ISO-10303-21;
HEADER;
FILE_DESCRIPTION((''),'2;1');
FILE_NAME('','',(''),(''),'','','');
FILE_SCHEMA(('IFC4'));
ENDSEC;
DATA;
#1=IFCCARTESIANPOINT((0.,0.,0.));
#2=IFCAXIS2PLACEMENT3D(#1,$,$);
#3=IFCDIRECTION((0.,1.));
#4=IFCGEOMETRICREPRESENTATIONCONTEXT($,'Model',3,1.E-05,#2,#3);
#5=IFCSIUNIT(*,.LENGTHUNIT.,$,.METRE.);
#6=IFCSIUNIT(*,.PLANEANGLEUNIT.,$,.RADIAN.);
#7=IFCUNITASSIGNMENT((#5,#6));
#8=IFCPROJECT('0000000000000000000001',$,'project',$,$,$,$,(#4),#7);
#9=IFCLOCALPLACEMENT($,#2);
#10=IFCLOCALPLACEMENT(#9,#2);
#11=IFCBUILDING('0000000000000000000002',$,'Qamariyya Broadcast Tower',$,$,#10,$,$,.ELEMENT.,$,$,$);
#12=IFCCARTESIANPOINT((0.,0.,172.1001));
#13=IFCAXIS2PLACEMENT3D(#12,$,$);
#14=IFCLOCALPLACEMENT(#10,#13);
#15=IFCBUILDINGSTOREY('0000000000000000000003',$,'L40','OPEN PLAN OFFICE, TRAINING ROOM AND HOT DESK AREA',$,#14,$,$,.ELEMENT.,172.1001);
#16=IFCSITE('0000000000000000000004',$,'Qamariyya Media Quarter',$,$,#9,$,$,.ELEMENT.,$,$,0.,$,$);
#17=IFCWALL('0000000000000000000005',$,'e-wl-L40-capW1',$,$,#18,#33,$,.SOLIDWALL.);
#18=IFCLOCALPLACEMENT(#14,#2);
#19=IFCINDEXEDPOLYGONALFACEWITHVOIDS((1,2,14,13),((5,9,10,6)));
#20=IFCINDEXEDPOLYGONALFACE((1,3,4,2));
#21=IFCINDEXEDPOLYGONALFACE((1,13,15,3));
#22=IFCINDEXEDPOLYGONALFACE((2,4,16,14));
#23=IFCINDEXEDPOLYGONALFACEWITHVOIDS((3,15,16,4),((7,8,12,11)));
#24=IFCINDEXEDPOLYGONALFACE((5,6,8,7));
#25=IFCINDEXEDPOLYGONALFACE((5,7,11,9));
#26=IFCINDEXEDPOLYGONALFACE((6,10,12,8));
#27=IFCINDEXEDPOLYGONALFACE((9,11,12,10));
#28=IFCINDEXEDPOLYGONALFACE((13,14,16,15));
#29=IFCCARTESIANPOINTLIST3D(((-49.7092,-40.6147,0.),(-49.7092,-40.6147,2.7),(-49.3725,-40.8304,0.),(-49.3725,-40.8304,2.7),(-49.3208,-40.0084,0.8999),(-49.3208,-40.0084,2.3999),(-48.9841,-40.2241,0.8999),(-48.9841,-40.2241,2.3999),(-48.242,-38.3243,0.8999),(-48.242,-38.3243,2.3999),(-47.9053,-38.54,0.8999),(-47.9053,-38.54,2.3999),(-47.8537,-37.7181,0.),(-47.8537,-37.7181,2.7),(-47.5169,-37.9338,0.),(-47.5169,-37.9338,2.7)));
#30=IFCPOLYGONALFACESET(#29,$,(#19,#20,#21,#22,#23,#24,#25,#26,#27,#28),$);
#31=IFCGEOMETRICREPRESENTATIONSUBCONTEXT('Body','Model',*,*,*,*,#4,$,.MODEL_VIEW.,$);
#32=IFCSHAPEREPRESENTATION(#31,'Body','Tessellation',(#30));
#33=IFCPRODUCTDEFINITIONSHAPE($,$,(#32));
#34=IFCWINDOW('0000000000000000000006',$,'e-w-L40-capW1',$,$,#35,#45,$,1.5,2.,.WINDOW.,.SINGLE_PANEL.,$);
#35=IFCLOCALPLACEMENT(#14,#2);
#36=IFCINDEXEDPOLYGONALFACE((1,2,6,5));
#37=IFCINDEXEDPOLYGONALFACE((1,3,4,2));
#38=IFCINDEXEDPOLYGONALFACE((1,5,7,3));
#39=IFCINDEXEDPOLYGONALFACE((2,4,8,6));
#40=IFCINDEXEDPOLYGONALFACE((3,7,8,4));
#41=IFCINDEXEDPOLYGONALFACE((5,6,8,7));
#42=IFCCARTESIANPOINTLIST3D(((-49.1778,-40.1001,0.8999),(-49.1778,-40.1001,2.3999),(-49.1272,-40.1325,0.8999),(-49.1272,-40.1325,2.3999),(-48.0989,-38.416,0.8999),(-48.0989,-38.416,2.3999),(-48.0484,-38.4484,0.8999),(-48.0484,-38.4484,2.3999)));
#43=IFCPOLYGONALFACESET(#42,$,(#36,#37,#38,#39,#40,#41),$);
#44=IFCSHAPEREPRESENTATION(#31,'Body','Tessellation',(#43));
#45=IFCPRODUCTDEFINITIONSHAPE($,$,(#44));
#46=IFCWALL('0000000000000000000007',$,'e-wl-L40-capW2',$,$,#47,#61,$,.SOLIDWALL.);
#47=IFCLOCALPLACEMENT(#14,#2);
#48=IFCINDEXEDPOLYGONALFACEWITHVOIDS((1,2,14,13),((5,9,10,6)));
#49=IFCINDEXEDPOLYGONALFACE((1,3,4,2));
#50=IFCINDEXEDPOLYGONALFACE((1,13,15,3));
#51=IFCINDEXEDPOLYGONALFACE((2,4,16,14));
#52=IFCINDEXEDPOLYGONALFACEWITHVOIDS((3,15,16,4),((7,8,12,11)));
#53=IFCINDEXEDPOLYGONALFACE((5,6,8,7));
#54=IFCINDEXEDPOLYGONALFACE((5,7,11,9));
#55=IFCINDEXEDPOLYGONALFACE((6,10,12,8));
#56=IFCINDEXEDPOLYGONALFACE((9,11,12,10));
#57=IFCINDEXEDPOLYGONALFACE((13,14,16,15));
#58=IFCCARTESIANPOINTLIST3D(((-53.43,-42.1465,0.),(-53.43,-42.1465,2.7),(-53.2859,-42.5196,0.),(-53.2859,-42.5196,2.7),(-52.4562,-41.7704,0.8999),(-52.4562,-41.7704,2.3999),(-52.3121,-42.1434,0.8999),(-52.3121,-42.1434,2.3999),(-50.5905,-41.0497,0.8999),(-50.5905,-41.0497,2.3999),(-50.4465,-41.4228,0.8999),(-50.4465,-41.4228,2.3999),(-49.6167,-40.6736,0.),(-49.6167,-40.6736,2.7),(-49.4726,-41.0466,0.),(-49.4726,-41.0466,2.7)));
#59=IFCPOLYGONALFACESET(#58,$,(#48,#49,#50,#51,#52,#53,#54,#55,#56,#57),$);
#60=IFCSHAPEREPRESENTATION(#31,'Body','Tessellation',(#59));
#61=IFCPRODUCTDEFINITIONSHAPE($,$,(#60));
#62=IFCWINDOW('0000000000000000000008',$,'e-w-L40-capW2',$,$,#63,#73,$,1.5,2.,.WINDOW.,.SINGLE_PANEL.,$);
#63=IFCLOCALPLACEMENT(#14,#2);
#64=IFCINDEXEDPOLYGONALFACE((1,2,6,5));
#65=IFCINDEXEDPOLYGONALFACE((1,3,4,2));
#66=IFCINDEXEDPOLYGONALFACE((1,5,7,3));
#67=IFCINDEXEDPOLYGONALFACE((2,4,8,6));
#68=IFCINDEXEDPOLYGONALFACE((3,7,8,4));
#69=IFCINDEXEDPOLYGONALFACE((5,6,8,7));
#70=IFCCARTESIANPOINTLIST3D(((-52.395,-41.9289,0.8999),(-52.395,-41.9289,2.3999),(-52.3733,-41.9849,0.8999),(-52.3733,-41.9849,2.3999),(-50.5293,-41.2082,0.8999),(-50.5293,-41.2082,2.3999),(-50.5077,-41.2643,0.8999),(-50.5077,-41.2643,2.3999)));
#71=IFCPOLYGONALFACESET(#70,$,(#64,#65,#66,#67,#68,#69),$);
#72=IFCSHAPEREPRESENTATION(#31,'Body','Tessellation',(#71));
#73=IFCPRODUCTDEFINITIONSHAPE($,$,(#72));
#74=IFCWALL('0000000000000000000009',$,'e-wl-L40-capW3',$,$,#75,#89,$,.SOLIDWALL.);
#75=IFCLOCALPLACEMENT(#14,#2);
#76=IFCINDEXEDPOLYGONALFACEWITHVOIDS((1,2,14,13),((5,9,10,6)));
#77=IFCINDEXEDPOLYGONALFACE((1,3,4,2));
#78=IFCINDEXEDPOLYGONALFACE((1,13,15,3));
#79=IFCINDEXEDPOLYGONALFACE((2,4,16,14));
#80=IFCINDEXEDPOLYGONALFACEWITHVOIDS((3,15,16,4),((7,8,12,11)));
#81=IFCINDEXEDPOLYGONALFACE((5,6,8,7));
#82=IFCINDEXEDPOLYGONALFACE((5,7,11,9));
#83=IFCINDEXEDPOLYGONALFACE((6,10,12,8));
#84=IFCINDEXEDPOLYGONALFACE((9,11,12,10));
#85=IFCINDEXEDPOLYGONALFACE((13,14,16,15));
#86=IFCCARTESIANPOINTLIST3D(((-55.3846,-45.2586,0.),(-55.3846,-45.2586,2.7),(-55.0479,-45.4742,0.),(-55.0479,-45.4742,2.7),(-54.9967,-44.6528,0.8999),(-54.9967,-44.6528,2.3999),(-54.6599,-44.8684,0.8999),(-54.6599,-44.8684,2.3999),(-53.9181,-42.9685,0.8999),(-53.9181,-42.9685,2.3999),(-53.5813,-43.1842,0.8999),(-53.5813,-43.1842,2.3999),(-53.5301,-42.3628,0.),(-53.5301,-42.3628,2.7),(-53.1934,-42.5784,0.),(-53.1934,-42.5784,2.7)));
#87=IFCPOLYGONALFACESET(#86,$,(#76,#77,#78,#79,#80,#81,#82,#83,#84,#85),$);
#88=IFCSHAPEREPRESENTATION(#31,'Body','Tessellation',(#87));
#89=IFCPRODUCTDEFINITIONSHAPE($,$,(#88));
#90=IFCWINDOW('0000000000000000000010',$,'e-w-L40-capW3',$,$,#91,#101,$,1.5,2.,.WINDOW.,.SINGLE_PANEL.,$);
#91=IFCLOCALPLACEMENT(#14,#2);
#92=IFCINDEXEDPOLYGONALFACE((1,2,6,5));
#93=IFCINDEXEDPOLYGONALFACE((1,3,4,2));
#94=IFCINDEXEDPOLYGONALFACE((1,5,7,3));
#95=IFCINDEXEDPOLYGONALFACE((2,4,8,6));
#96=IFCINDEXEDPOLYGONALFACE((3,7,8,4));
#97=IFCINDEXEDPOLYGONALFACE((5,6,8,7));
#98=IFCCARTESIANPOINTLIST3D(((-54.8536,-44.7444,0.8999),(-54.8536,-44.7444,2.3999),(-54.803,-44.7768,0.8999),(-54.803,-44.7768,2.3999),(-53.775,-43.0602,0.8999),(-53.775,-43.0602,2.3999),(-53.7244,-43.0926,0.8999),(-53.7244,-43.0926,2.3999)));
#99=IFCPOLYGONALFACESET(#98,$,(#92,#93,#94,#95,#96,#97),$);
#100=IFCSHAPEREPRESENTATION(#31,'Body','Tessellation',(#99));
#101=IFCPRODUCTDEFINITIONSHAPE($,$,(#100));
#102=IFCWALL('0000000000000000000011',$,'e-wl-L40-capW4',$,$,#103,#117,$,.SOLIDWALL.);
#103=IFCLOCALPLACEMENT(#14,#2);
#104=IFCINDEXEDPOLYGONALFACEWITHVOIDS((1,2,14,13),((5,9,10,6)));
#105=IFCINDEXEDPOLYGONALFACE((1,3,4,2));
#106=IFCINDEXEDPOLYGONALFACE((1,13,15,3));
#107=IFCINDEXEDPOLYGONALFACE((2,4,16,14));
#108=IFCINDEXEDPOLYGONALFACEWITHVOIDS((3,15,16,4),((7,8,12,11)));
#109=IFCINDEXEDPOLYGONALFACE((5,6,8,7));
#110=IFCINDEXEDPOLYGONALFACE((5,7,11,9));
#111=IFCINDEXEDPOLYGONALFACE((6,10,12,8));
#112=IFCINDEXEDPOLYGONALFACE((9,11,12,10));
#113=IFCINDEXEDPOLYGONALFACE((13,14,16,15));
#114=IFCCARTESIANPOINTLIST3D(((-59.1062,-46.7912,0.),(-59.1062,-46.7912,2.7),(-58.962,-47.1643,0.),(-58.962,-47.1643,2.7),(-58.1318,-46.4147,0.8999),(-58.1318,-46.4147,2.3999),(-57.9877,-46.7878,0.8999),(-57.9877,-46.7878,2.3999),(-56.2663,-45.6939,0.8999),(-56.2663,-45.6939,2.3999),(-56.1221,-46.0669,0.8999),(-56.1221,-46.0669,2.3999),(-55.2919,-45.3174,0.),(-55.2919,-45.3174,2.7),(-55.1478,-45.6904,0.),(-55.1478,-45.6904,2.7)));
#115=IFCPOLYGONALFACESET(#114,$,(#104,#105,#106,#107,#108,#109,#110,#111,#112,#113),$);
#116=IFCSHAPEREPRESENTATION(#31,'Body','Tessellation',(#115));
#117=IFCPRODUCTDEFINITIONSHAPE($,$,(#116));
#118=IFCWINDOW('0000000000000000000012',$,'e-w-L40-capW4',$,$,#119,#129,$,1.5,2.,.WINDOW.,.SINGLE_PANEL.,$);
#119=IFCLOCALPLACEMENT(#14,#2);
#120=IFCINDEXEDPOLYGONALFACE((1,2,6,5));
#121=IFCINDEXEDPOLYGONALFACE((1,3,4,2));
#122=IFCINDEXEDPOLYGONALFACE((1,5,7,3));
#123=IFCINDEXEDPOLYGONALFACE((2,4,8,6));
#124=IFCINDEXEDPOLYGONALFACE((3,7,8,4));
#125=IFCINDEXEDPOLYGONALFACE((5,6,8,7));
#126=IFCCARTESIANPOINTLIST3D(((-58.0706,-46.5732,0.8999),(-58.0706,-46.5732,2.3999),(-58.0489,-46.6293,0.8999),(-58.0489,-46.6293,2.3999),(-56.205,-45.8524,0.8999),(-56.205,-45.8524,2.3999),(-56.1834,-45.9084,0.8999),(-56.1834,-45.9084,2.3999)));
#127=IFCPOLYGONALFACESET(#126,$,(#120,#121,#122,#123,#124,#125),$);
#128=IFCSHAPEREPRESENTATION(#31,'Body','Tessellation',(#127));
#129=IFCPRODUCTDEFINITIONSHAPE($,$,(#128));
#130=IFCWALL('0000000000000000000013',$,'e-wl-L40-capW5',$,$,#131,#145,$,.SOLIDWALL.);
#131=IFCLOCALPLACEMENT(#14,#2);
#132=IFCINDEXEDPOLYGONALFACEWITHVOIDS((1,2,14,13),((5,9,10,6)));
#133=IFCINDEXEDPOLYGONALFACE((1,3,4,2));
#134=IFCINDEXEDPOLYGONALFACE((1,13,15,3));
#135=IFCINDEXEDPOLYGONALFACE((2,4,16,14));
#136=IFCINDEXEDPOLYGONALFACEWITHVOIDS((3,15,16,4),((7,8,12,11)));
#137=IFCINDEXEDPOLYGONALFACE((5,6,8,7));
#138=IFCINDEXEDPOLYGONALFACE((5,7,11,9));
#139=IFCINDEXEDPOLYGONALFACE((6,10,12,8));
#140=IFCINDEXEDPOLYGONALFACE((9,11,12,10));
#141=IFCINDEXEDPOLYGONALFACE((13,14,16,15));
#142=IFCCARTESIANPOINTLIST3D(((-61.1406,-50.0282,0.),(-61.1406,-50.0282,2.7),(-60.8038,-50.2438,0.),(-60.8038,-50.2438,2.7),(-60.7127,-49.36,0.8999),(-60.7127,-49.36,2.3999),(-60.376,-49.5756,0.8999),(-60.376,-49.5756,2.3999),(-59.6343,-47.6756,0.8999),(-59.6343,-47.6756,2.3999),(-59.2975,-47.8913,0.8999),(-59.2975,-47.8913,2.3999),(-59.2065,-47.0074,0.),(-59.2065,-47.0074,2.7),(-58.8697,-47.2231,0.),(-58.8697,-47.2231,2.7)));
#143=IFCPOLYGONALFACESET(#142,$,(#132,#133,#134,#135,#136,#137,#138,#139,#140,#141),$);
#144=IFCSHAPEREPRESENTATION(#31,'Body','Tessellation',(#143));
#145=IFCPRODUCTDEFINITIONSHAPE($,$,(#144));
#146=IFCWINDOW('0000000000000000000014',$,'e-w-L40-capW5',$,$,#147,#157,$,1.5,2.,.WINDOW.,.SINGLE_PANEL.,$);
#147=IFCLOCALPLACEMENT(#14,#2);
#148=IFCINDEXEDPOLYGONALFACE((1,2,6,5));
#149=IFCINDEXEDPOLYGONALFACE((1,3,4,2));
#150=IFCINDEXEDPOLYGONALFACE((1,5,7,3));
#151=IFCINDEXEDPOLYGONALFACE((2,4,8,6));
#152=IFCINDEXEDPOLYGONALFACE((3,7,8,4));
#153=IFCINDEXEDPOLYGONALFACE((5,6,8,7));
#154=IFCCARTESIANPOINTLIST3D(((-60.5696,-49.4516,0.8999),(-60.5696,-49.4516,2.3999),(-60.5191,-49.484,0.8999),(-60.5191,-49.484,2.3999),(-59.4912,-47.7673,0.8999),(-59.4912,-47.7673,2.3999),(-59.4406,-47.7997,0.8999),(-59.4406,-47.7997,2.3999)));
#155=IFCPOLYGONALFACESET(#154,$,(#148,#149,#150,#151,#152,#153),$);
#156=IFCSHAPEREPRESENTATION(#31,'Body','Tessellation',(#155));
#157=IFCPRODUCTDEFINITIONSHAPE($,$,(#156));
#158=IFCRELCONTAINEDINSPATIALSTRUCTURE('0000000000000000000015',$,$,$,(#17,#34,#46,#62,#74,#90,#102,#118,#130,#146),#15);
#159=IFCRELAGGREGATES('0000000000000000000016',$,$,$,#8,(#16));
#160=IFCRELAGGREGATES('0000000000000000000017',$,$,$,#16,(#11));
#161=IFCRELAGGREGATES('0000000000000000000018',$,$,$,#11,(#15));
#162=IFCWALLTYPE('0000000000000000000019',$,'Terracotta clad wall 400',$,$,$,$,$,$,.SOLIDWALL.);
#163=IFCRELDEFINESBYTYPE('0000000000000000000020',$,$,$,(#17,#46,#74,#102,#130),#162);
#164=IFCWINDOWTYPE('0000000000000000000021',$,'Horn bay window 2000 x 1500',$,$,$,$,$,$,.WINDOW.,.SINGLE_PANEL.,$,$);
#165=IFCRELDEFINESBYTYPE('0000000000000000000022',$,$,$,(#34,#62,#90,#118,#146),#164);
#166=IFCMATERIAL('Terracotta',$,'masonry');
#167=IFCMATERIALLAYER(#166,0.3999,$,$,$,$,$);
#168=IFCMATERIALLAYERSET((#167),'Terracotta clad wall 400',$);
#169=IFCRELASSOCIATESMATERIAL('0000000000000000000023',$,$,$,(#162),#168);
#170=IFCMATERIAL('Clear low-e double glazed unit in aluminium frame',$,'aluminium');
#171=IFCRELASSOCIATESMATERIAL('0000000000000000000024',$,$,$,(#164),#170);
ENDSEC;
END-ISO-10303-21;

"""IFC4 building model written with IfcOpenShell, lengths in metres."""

from ifc_helpers import new_model, si_unit, direction, frame, frame_2d, origin, place, context, subcontext, project, spatial, rectangle, extrude, material, layer, layer_set, type_object, element, fill, save


model = new_model("IFC4")

# Units and contexts
model_context = context("Model", 3, precision=1e-05, world=origin(), true_north=direction((0.0, 1.0)))
body_context = subcontext(model_context, "Body", "Model", "MODEL_VIEW")
ifc_project = project(units=[si_unit("LENGTHUNIT", "METRE"), si_unit("PLANEANGLEUNIT", "RADIAN")], contexts=[model_context])

# Site, building, storey
site_placement = place(None, origin())
site = spatial("IfcSite", under=ifc_project, at=site_placement, Name="Qamariyya Media Quarter", CompositionType="ELEMENT", RefElevation=0.0)
building_placement = place(site_placement, origin())
building = spatial("IfcBuilding", under=site, at=building_placement, Name="Qamariyya Broadcast Tower", CompositionType="ELEMENT")
storey_placement = place(building_placement, frame((0.0, 0.0, 172.1001)))
storey = spatial("IfcBuildingStorey", under=building, at=storey_placement, Name="L40", Description="OPEN PLAN OFFICE, TRAINING ROOM AND HOT DESK AREA", CompositionType="ELEMENT", Elevation=172.1001)

# Walls, openings, windows
ifc_material_1 = material(Name="Terracotta", Category="masonry")
ifc_layer_1 = layer(ifc_material_1, 0.3999)
ifc_layer_set_1 = layer_set([ifc_layer_1], Name="Terracotta clad wall 400")
wall_type_1 = type_object("IfcWallType", Name="Terracotta clad wall 400", PredefinedType="SOLIDWALL", material=ifc_layer_set_1)
wall_1_placement = place(storey_placement, frame((-47.6853, -37.8259, 0.0), z_axis=(0.0, 0.0, 1.0), x_axis=(-0.539408, -0.842044, 0.0)))
wall_1 = element("IfcWall", 1, at=wall_1_placement, inside=storey, type_object=wall_type_1, Name="e-wl-L40-capW1", PredefinedType="SOLIDWALL", context=body_context, shape_type="SweptSolid", body=[
    extrude(rectangle(XDim=3.4399, YDim=0.3999, at=frame_2d((1.72, 0.0))), origin(), (0.0, 0.0, 1.0), 2.7),
])
opening_1_placement = place(wall_1_placement, frame((0.72, 0.0, 0.8999)))
opening_1 = element("IfcOpeningElement", 2, at=opening_1_placement, cuts=wall_1, PredefinedType="OPENING", context=body_context, shape_type="SweptSolid", body=[
    extrude(rectangle(XDim=2.0, YDim=1.5, at=frame_2d((1.0, 0.75))), frame((0.0, 0.21, 0.0), z_axis=(0.0, -1.0, 0.0), x_axis=(1.0, 0.0, 0.0)), (0.0, 0.0, 1.0), 0.4199),
])
ifc_material_2 = material(Name="Clear low-e double glazed unit in aluminium frame", Category="aluminium")
window_type = type_object("IfcWindowType", Name="Horn bay window 2000 x 1500", PartitioningType="SINGLE_PANEL", PredefinedType="WINDOW", material=ifc_material_2)
window_1_placement = place(opening_1_placement, origin())
window_1 = element("IfcWindow", 3, at=window_1_placement, inside=storey, type_object=window_type, Name="e-w-L40-capW1", OverallHeight=1.5, OverallWidth=2.0, PartitioningType="SINGLE_PANEL", PredefinedType="WINDOW", context=body_context, shape_type="SweptSolid", body=[
    extrude(rectangle(XDim=2.0, YDim=1.5, at=frame_2d((1.0, 0.75))), frame((0.0, 0.03, 0.0), z_axis=(0.0, -1.0, 0.0), x_axis=(1.0, 0.0, 0.0)), (0.0, 0.0, 1.0), 0.0601),
])
fill(opening_1, window_1)
wall_2_placement = place(storey_placement, frame((-49.5447, -40.8601, 0.0), z_axis=(0.0, 0.0, 1.0), x_axis=(-0.932831, -0.360315, 0.0)))
wall_2 = element("IfcWall", 4, at=wall_2_placement, inside=storey, type_object=wall_type_1, Name="e-wl-L40-capW2", PredefinedType="SOLIDWALL", context=body_context, shape_type="SweptSolid", body=[
    extrude(rectangle(XDim=4.0879, YDim=0.3999, at=frame_2d((2.0439, 0.0))), origin(), (0.0, 0.0, 1.0), 2.7),
])
opening_2_placement = place(wall_2_placement, frame((1.0439, 0.0, 0.8999)))
opening_2 = element("IfcOpeningElement", 5, at=opening_2_placement, cuts=wall_2, PredefinedType="OPENING", context=body_context, shape_type="SweptSolid", body=[
    extrude(rectangle(XDim=2.0, YDim=1.5, at=frame_2d((1.0, 0.75))), frame((0.0, 0.21, 0.0), z_axis=(0.0, -1.0, 0.0), x_axis=(1.0, 0.0, 0.0)), (0.0, 0.0, 1.0), 0.4199),
])
window_2_placement = place(opening_2_placement, origin())
window_2 = element("IfcWindow", 6, at=window_2_placement, inside=storey, type_object=window_type, Name="e-w-L40-capW2", OverallHeight=1.5, OverallWidth=2.0, PartitioningType="SINGLE_PANEL", PredefinedType="WINDOW", context=body_context, shape_type="SweptSolid", body=[
    extrude(rectangle(XDim=2.0, YDim=1.5, at=frame_2d((1.0, 0.75))), frame((0.0, 0.03, 0.0), z_axis=(0.0, -1.0, 0.0), x_axis=(1.0, 0.0, 0.0)), (0.0, 0.0, 1.0), 0.0601),
])
fill(opening_2, window_2)
wall_3_placement = place(storey_placement, frame((-53.3618, -42.4707, 0.0), z_axis=(0.0, 0.0, 1.0), x_axis=(-0.539303, -0.842111, 0.0)))
wall_3 = element("IfcWall", 7, at=wall_3_placement, inside=storey, type_object=wall_type_1, Name="e-wl-L40-capW3", PredefinedType="SOLIDWALL", context=body_context, shape_type="SweptSolid", body=[
    extrude(rectangle(XDim=3.4387, YDim=0.3999, at=frame_2d((1.7192, 0.0))), origin(), (0.0, 0.0, 1.0), 2.7),
])
opening_3_placement = place(wall_3_placement, frame((0.7192, 0.0, 0.8999)))
opening_3 = element("IfcOpeningElement", 8, at=opening_3_placement, cuts=wall_3, PredefinedType="OPENING", context=body_context, shape_type="SweptSolid", body=[
    extrude(rectangle(XDim=2.0, YDim=1.5, at=frame_2d((1.0, 0.75))), frame((0.0, 0.21, 0.0), z_axis=(0.0, -1.0, 0.0), x_axis=(1.0, 0.0, 0.0)), (0.0, 0.0, 1.0), 0.4199),
])
window_3_placement = place(opening_3_placement, origin())
window_3 = element("IfcWindow", 9, at=window_3_placement, inside=storey, type_object=window_type, Name="e-w-L40-capW3", OverallHeight=1.5, OverallWidth=2.0, PartitioningType="SINGLE_PANEL", PredefinedType="WINDOW", context=body_context, shape_type="SweptSolid", body=[
    extrude(rectangle(XDim=2.0, YDim=1.5, at=frame_2d((1.0, 0.75))), frame((0.0, 0.03, 0.0), z_axis=(0.0, -1.0, 0.0), x_axis=(1.0, 0.0, 0.0)), (0.0, 0.0, 1.0), 0.0601),
])
fill(opening_3, window_3)
wall_4_placement = place(storey_placement, frame((-55.22, -45.5039, 0.0), z_axis=(0.0, 0.0, 1.0), x_axis=(-0.932781, -0.360443, 0.0)))
wall_4 = element("IfcWall", 10, at=wall_4_placement, inside=storey, type_object=wall_type_1, Name="e-wl-L40-capW4", PredefinedType="SOLIDWALL", context=body_context, shape_type="SweptSolid", body=[
    extrude(rectangle(XDim=4.0891, YDim=0.3999, at=frame_2d((2.0444, 0.0))), origin(), (0.0, 0.0, 1.0), 2.7),
])
opening_4_placement = place(wall_4_placement, frame((1.0444, 0.0, 0.8999)))
opening_4 = element("IfcOpeningElement", 11, at=opening_4_placement, cuts=wall_4, PredefinedType="OPENING", context=body_context, shape_type="SweptSolid", body=[
    extrude(rectangle(XDim=2.0, YDim=1.5, at=frame_2d((1.0, 0.75))), frame((0.0, 0.21, 0.0), z_axis=(0.0, -1.0, 0.0), x_axis=(1.0, 0.0, 0.0)), (0.0, 0.0, 1.0), 0.4199),
])
window_4_placement = place(opening_4_placement, origin())
window_4 = element("IfcWindow", 12, at=window_4_placement, inside=storey, type_object=window_type, Name="e-w-L40-capW4", OverallHeight=1.5, OverallWidth=2.0, PartitioningType="SINGLE_PANEL", PredefinedType="WINDOW", context=body_context, shape_type="SweptSolid", body=[
    extrude(rectangle(XDim=2.0, YDim=1.5, at=frame_2d((1.0, 0.75))), frame((0.0, 0.03, 0.0), z_axis=(0.0, -1.0, 0.0), x_axis=(1.0, 0.0, 0.0)), (0.0, 0.0, 1.0), 0.0601),
])
fill(opening_4, window_4)
wall_5_placement = place(storey_placement, frame((-59.0381, -47.1152, 0.0), z_axis=(0.0, 0.0, 1.0), x_axis=(-0.539212, -0.84217, 0.0)))
wall_5 = element("IfcWall", 13, at=wall_5_placement, inside=storey, type_object=wall_type_1, Name="e-wl-L40-capW5", PredefinedType="SOLIDWALL", context=body_context, shape_type="SweptSolid", body=[
    extrude(rectangle(XDim=3.5869, YDim=0.3999, at=frame_2d((1.7935, 0.0))), origin(), (0.0, 0.0, 1.0), 2.7),
])
opening_5_placement = place(wall_5_placement, frame((0.7935, 0.0, 0.8999)))
opening_5 = element("IfcOpeningElement", 14, at=opening_5_placement, cuts=wall_5, PredefinedType="OPENING", context=body_context, shape_type="SweptSolid", body=[
    extrude(rectangle(XDim=2.0, YDim=1.5, at=frame_2d((1.0, 0.75))), frame((0.0, 0.21, 0.0), z_axis=(0.0, -1.0, 0.0), x_axis=(1.0, 0.0, 0.0)), (0.0, 0.0, 1.0), 0.4199),
])
window_5_placement = place(opening_5_placement, origin())
window_5 = element("IfcWindow", 15, at=window_5_placement, inside=storey, type_object=window_type, Name="e-w-L40-capW5", OverallHeight=1.5, OverallWidth=2.0, PartitioningType="SINGLE_PANEL", PredefinedType="WINDOW", context=body_context, shape_type="SweptSolid", body=[
    extrude(rectangle(XDim=2.0, YDim=1.5, at=frame_2d((1.0, 0.75))), frame((0.0, 0.03, 0.0), z_axis=(0.0, -1.0, 0.0), x_axis=(1.0, 0.0, 0.0)), (0.0, 0.0, 1.0), 0.0601),
])
fill(opening_5, window_5)

save(model, "model.ifc")
